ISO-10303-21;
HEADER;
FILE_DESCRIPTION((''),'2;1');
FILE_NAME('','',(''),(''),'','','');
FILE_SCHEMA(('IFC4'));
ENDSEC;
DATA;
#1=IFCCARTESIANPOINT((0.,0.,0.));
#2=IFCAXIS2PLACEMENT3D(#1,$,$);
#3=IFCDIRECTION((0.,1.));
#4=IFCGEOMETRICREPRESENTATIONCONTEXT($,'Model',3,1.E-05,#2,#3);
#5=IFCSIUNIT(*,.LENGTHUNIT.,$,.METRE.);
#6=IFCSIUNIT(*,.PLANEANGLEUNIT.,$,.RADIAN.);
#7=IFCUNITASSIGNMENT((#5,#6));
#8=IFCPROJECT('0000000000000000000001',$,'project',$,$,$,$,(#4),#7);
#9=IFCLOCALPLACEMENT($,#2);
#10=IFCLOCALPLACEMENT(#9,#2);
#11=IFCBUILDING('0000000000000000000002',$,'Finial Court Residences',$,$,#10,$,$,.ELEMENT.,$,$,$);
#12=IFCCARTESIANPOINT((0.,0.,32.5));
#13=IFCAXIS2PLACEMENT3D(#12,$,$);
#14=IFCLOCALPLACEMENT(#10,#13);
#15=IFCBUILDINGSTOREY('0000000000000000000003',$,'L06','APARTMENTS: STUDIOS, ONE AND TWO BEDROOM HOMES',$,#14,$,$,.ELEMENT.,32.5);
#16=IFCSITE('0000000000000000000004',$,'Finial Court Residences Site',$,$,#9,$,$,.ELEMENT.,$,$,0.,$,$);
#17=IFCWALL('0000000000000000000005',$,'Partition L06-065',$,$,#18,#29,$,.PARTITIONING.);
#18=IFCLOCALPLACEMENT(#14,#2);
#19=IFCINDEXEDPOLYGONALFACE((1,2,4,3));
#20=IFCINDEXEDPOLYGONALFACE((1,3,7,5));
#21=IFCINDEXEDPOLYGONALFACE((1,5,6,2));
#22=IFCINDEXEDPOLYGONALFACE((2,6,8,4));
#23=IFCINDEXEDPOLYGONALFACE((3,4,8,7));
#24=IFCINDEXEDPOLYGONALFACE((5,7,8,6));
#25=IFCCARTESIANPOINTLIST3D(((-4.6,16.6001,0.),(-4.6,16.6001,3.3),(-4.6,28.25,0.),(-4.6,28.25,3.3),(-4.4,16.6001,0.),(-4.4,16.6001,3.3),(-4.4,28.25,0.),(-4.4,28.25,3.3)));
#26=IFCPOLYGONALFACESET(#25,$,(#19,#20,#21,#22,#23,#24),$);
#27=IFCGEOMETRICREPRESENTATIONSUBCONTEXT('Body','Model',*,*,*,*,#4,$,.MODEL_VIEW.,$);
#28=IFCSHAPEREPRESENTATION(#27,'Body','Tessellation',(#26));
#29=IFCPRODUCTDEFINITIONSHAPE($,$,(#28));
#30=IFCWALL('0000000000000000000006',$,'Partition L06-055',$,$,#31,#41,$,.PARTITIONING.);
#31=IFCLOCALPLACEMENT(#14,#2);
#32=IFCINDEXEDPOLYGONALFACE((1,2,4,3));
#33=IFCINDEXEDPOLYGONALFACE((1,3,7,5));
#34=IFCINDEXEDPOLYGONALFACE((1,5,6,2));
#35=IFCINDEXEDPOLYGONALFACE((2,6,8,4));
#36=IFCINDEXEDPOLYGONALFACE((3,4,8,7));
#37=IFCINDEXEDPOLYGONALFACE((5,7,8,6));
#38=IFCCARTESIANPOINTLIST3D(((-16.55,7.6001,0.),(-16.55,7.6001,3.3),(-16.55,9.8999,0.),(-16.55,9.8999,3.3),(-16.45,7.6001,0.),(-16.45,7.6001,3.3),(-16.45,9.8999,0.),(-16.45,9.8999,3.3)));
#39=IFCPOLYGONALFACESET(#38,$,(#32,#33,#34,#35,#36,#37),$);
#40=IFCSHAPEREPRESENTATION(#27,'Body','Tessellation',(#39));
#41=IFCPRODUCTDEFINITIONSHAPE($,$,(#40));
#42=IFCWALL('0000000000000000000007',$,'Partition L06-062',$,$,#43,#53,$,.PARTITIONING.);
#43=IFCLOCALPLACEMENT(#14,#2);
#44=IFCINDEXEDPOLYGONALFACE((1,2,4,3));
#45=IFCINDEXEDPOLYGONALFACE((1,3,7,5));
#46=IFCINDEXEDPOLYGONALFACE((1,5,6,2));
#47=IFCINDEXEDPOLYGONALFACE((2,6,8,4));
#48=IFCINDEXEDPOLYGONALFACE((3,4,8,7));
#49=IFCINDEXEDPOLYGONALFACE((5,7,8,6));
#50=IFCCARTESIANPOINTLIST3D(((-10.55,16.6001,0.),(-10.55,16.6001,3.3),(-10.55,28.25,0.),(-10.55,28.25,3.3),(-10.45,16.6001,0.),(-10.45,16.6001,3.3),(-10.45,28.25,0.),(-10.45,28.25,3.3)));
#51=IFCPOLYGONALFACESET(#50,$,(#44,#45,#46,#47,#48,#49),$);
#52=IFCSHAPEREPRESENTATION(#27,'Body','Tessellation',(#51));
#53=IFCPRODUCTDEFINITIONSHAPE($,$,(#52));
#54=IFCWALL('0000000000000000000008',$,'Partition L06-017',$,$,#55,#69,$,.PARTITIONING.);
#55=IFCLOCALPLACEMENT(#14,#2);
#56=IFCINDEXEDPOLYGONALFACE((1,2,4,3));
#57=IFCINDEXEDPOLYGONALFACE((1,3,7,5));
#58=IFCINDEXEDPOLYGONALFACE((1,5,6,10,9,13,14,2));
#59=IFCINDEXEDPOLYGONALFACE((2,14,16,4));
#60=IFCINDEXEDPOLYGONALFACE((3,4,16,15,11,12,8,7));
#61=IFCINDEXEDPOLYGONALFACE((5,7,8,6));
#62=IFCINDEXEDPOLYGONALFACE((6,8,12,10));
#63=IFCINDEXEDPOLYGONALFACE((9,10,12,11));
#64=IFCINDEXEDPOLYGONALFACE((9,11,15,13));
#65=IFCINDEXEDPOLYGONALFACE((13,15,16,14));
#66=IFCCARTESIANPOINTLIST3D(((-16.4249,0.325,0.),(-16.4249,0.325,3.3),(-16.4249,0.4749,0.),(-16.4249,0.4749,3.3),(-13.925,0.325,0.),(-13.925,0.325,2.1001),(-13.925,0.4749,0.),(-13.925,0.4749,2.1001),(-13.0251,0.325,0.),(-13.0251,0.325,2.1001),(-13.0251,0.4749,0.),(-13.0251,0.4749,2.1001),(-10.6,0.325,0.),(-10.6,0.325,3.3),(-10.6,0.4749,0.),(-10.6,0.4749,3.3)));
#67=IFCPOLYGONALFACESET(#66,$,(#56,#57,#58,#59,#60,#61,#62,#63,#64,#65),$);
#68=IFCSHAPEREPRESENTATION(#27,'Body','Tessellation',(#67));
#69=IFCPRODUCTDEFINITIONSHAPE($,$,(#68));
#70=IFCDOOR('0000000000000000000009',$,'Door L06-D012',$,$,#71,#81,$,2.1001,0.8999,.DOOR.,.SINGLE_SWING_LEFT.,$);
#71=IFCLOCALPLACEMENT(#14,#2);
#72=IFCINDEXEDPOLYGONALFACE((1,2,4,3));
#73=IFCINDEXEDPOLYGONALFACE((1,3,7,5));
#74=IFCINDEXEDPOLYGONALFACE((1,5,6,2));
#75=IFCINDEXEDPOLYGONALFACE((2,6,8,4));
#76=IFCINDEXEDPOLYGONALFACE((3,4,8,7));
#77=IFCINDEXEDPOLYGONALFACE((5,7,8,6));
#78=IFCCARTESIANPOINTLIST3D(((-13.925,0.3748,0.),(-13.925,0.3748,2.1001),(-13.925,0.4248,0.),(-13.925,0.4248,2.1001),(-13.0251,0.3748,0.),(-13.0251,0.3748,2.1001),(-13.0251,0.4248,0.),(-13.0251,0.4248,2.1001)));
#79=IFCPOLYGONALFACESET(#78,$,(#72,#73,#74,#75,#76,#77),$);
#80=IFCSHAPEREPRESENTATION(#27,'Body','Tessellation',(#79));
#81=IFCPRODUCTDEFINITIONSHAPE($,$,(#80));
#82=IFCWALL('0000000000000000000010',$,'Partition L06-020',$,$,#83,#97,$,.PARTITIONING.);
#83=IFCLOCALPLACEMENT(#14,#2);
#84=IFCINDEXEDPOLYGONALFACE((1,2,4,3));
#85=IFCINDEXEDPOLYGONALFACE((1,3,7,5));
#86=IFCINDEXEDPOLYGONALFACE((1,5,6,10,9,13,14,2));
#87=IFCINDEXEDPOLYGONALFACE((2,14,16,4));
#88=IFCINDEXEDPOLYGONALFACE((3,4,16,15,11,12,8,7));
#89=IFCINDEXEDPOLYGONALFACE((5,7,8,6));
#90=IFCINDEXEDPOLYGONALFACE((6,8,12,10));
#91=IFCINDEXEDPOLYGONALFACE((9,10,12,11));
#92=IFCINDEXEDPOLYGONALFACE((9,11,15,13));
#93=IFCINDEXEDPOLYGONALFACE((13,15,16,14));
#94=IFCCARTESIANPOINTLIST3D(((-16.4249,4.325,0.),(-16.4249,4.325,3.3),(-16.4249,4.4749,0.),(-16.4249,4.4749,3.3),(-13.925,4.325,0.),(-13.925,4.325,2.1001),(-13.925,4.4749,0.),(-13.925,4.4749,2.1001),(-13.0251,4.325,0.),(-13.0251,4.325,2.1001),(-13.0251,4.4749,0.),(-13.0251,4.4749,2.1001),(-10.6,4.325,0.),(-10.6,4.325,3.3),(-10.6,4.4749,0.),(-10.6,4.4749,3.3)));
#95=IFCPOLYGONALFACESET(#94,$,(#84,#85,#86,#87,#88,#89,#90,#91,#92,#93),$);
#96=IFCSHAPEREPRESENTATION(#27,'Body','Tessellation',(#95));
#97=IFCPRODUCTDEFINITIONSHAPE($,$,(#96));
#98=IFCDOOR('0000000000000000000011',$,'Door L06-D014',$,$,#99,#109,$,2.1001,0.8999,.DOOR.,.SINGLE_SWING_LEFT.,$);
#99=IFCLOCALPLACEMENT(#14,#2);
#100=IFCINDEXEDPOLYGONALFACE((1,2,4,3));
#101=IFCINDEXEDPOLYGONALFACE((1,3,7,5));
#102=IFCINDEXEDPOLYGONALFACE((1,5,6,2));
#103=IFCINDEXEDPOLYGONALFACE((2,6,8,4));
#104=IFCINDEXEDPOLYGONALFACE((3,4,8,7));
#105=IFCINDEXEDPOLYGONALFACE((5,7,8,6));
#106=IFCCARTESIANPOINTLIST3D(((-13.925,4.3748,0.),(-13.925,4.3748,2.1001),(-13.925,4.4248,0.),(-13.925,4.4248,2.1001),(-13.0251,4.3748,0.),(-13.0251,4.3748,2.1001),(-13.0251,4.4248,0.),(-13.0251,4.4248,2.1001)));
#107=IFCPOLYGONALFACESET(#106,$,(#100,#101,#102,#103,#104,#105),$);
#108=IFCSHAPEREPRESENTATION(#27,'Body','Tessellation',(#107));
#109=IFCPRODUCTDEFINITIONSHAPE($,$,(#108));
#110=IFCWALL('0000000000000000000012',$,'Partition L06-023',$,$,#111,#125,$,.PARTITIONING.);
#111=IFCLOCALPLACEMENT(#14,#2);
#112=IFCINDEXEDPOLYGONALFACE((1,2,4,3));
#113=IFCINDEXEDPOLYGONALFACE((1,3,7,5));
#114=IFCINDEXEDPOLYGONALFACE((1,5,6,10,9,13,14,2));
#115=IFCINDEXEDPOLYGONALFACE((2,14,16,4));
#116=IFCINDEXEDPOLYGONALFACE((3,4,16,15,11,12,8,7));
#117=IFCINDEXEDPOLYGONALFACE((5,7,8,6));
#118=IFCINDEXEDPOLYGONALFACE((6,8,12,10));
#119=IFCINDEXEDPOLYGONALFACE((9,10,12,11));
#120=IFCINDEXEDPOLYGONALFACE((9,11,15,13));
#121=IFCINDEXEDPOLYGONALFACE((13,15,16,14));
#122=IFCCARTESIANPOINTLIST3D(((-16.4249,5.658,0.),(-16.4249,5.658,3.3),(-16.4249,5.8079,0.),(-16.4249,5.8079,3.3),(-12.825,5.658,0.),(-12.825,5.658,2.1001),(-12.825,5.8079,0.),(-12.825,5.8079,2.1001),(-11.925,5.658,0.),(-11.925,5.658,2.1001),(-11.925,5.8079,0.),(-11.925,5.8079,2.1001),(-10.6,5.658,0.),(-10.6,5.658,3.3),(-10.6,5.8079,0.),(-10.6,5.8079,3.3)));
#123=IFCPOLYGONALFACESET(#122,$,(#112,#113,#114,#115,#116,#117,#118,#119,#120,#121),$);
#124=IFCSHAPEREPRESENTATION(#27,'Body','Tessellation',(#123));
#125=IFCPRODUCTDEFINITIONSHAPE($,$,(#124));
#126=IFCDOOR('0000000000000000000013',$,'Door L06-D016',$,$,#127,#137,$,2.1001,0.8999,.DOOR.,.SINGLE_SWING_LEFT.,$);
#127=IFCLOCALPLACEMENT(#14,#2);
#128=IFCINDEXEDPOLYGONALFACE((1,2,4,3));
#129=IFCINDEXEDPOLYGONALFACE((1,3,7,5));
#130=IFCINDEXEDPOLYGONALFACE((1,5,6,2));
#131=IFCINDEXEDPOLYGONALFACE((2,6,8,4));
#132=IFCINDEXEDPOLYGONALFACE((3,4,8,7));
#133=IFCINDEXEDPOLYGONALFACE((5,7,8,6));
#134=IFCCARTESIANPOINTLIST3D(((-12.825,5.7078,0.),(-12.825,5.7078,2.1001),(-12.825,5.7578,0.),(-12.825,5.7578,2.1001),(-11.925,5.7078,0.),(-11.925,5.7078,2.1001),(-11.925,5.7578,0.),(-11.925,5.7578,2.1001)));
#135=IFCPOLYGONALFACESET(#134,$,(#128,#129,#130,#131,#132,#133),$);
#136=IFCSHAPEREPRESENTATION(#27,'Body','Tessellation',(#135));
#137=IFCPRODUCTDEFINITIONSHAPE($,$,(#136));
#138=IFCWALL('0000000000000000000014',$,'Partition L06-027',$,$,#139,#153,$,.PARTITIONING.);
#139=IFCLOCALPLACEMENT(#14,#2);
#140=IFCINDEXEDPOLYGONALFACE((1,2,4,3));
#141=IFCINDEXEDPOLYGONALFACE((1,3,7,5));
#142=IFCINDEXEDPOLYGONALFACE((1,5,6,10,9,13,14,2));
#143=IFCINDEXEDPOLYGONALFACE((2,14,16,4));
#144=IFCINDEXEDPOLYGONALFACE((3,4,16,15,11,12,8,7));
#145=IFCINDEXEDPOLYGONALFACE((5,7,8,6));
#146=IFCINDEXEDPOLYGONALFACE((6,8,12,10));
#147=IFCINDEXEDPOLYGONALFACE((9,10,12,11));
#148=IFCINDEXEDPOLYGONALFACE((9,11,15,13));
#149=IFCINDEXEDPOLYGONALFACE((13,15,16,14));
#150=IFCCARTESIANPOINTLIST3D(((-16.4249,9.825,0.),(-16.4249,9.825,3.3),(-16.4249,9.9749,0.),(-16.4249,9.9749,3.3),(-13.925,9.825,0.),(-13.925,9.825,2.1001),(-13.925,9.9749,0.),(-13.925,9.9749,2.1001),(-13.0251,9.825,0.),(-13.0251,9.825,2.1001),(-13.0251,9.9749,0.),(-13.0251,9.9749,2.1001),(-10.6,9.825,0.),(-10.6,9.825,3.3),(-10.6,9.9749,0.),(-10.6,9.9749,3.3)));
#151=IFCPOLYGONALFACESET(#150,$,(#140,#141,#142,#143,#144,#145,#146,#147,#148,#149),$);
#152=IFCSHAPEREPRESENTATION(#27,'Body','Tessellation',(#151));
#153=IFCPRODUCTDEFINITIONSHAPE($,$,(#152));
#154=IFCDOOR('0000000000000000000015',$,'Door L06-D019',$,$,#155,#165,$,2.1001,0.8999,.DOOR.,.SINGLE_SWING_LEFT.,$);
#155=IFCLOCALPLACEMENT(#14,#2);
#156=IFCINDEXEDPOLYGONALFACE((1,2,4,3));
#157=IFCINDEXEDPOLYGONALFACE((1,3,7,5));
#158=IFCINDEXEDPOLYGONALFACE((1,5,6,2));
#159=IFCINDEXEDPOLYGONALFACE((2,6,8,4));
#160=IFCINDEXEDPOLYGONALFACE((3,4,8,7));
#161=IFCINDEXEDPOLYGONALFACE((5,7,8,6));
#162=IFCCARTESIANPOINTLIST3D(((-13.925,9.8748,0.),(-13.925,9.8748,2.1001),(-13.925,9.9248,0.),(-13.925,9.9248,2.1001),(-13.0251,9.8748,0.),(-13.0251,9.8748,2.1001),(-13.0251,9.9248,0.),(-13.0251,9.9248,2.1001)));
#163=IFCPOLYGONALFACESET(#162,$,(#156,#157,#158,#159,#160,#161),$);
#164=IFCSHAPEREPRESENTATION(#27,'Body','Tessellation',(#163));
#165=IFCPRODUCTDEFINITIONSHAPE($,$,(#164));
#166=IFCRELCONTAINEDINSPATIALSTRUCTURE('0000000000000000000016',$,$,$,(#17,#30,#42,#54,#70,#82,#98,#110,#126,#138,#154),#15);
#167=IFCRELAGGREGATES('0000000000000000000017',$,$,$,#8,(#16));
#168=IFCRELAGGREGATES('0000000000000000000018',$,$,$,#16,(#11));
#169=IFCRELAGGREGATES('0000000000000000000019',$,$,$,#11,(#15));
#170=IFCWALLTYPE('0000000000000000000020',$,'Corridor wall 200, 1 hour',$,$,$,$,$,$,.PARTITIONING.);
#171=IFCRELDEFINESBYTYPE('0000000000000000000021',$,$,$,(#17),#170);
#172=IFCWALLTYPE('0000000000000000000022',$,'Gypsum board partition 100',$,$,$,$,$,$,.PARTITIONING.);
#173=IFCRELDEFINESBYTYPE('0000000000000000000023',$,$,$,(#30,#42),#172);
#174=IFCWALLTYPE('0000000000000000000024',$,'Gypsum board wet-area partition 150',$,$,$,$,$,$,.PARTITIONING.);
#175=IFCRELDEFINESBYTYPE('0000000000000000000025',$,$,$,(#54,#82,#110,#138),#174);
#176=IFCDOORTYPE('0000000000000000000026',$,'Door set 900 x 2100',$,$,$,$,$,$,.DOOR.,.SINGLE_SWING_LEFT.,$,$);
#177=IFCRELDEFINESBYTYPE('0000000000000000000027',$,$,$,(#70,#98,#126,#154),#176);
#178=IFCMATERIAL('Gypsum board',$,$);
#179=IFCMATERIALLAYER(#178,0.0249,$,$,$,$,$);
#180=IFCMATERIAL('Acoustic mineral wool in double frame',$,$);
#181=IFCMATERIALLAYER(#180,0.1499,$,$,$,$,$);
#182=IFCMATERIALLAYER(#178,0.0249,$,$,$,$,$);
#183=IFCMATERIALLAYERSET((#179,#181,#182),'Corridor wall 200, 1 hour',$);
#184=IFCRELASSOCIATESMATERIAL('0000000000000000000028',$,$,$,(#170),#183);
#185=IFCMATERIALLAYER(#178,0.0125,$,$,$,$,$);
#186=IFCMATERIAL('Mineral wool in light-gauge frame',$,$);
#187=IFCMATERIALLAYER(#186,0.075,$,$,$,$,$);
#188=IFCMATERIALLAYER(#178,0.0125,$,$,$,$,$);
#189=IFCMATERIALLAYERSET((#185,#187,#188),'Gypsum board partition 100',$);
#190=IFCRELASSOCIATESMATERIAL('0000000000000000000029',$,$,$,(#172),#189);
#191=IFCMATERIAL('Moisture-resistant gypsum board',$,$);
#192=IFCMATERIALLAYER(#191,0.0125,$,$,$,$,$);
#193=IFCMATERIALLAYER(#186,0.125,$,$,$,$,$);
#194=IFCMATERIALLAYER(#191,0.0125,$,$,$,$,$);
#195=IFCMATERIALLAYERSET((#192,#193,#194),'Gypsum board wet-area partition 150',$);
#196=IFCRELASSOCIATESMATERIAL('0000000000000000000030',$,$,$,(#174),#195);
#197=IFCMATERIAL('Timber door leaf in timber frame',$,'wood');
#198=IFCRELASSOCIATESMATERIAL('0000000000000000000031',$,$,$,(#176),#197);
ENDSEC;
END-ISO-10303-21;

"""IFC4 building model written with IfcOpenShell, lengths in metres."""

from ifc_helpers import new_model, si_unit, direction, frame, frame_2d, origin, place, context, subcontext, project, spatial, rectangle, extrude, material, layer, layer_set, type_object, element, fill, save


model = new_model("IFC4")

# Units and contexts
model_context = context("Model", 3, precision=1e-05, world=origin(), true_north=direction((0.0, 1.0)))
body_context = subcontext(model_context, "Body", "Model", "MODEL_VIEW")
ifc_project = project(units=[si_unit("LENGTHUNIT", "METRE"), si_unit("PLANEANGLEUNIT", "RADIAN")], contexts=[model_context])

# Site, building, storey
site_placement = place(None, origin())
site = spatial("IfcSite", under=ifc_project, at=site_placement, Name="Finial Court Residences Site", CompositionType="ELEMENT", RefElevation=0.0)
building_placement = place(site_placement, origin())
building = spatial("IfcBuilding", under=site, at=building_placement, Name="Finial Court Residences", CompositionType="ELEMENT")
storey_placement = place(building_placement, frame((0.0, 0.0, 32.5)))
storey = spatial("IfcBuildingStorey", under=building, at=storey_placement, Name="L06", Description="APARTMENTS: STUDIOS, ONE AND TWO BEDROOM HOMES", CompositionType="ELEMENT", Elevation=32.5)

# Walls
ifc_material_1 = material(Name="Gypsum board")
ifc_layer_1 = layer(ifc_material_1, 0.0249)
ifc_material_2 = material(Name="Acoustic mineral wool in double frame")
ifc_layer_2 = layer(ifc_material_2, 0.1499)
ifc_layer_3 = layer(ifc_material_1, 0.0249)
ifc_layer_set_1 = layer_set([ifc_layer_1, ifc_layer_2, ifc_layer_3], Name="Corridor wall 200, 1 hour")
wall_type_1 = type_object("IfcWallType", Name="Corridor wall 200, 1 hour", PredefinedType="PARTITIONING", material=ifc_layer_set_1)
for number, where, z_axis, x_axis, name in (
    (1, (-4.5, 16.6001, 0.0), (0.0, 0.0, 1.0), (0.0, 1.0, 0.0), "Partition L06-065"),
):
    element("IfcWall", number, at=place(storey_placement, frame(where, z_axis=z_axis, x_axis=x_axis)), inside=storey, type_object=wall_type_1, Name=name, PredefinedType="PARTITIONING", context=body_context, shape_type="SweptSolid", body=[
        extrude(rectangle(XDim=11.6499, YDim=0.2, at=frame_2d((5.825, 0.0))), origin(), (0.0, 0.0, 1.0), 3.3),
    ])
ifc_layer_4 = layer(ifc_material_1, 0.0125)
ifc_material_3 = material(Name="Mineral wool in light-gauge frame")
ifc_layer_5 = layer(ifc_material_3, 0.075)
ifc_layer_6 = layer(ifc_material_1, 0.0125)
ifc_layer_set_2 = layer_set([ifc_layer_4, ifc_layer_5, ifc_layer_6], Name="Gypsum board partition 100")
wall_type_2 = type_object("IfcWallType", Name="Gypsum board partition 100", PredefinedType="PARTITIONING", material=ifc_layer_set_2)
wall_1_placement = place(storey_placement, frame((-16.5, 7.6001, 0.0), z_axis=(0.0, 0.0, 1.0), x_axis=(0.0, 1.0, 0.0)))
element("IfcWall", 2, at=wall_1_placement, inside=storey, type_object=wall_type_2, Name="Partition L06-055", PredefinedType="PARTITIONING", context=body_context, shape_type="SweptSolid", body=[
    extrude(rectangle(XDim=2.2998, YDim=0.1001, at=frame_2d((1.1499, 0.0))), origin(), (0.0, 0.0, 1.0), 3.3),
])
wall_2_placement = place(storey_placement, frame((-10.5, 16.6001, 0.0), z_axis=(0.0, 0.0, 1.0), x_axis=(0.0, 1.0, 0.0)))
element("IfcWall", 3, at=wall_2_placement, inside=storey, type_object=wall_type_2, Name="Partition L06-062", PredefinedType="PARTITIONING", context=body_context, shape_type="SweptSolid", body=[
    extrude(rectangle(XDim=11.6499, YDim=0.1001, at=frame_2d((5.825, 0.0))), origin(), (0.0, 0.0, 1.0), 3.3),
])

# Walls, openings, doors
ifc_material_4 = material(Name="Moisture-resistant gypsum board")
ifc_layer_7 = layer(ifc_material_4, 0.0125)
ifc_layer_8 = layer(ifc_material_3, 0.125)
ifc_layer_9 = layer(ifc_material_4, 0.0125)
ifc_layer_set_3 = layer_set([ifc_layer_7, ifc_layer_8, ifc_layer_9], Name="Gypsum board wet-area partition 150")
wall_type_3 = type_object("IfcWallType", Name="Gypsum board wet-area partition 150", PredefinedType="PARTITIONING", material=ifc_layer_set_3)
wall_3_placement = place(storey_placement, frame((-16.425, 0.3999, 0.0), z_axis=(0.0, 0.0, 1.0), x_axis=(1.0, 0.0, 0.0)))
wall_3 = element("IfcWall", 4, at=wall_3_placement, inside=storey, type_object=wall_type_3, Name="Partition L06-017", PredefinedType="PARTITIONING", context=body_context, shape_type="SweptSolid", body=[
    extrude(rectangle(XDim=5.825, YDim=0.1499, at=frame_2d((2.9126, 0.0))), origin(), (0.0, 0.0, 1.0), 3.3),
])
opening_1_placement = place(wall_3_placement, frame((2.5, 0.0, 0.0)))
opening_1 = element("IfcOpeningElement", 5, at=opening_1_placement, cuts=wall_3, PredefinedType="OPENING", context=body_context, shape_type="SweptSolid", body=[
    extrude(rectangle(XDim=0.8999, YDim=2.1001, at=frame_2d((0.45, 1.05))), frame((0.0, 0.085, 0.0), z_axis=(0.0, -1.0, 0.0), x_axis=(1.0, 0.0, 0.0)), (0.0, 0.0, 1.0), 0.1699),
])
ifc_material_5 = material(Name="Timber door leaf in timber frame", Category="wood")
door_type = type_object("IfcDoorType", Name="Door set 900 x 2100", OperationType="SINGLE_SWING_LEFT", PredefinedType="DOOR", material=ifc_material_5)
door_1_placement = place(opening_1_placement, origin())
door_1 = element("IfcDoor", 6, at=door_1_placement, inside=storey, type_object=door_type, Name="Door L06-D012", OperationType="SINGLE_SWING_LEFT", OverallHeight=2.1001, OverallWidth=0.8999, PredefinedType="DOOR", context=body_context, shape_type="SweptSolid", body=[
    extrude(rectangle(XDim=0.8999, YDim=2.1001, at=frame_2d((0.45, 1.05))), frame((0.0, 0.0249, 0.0), z_axis=(0.0, -1.0, 0.0), x_axis=(1.0, 0.0, 0.0)), (0.0, 0.0, 1.0), 0.05),
])
fill(opening_1, door_1)
wall_4_placement = place(storey_placement, frame((-16.425, 4.3999, 0.0), z_axis=(0.0, 0.0, 1.0), x_axis=(1.0, 0.0, 0.0)))
wall_4 = element("IfcWall", 7, at=wall_4_placement, inside=storey, type_object=wall_type_3, Name="Partition L06-020", PredefinedType="PARTITIONING", context=body_context, shape_type="SweptSolid", body=[
    extrude(rectangle(XDim=5.825, YDim=0.1499, at=frame_2d((2.9126, 0.0))), origin(), (0.0, 0.0, 1.0), 3.3),
])
opening_2_placement = place(wall_4_placement, frame((2.5, 0.0, 0.0)))
opening_2 = element("IfcOpeningElement", 8, at=opening_2_placement, cuts=wall_4, PredefinedType="OPENING", context=body_context, shape_type="SweptSolid", body=[
    extrude(rectangle(XDim=0.8999, YDim=2.1001, at=frame_2d((0.45, 1.05))), frame((0.0, 0.085, 0.0), z_axis=(0.0, -1.0, 0.0), x_axis=(1.0, 0.0, 0.0)), (0.0, 0.0, 1.0), 0.1699),
])
door_2_placement = place(opening_2_placement, origin())
door_2 = element("IfcDoor", 9, at=door_2_placement, inside=storey, type_object=door_type, Name="Door L06-D014", OperationType="SINGLE_SWING_LEFT", OverallHeight=2.1001, OverallWidth=0.8999, PredefinedType="DOOR", context=body_context, shape_type="SweptSolid", body=[
    extrude(rectangle(XDim=0.8999, YDim=2.1001, at=frame_2d((0.45, 1.05))), frame((0.0, 0.0249, 0.0), z_axis=(0.0, -1.0, 0.0), x_axis=(1.0, 0.0, 0.0)), (0.0, 0.0, 1.0), 0.05),
])
fill(opening_2, door_2)
wall_5_placement = place(storey_placement, frame((-16.425, 5.7329, 0.0), z_axis=(0.0, 0.0, 1.0), x_axis=(1.0, 0.0, 0.0)))
wall_5 = element("IfcWall", 10, at=wall_5_placement, inside=storey, type_object=wall_type_3, Name="Partition L06-023", PredefinedType="PARTITIONING", context=body_context, shape_type="SweptSolid", body=[
    extrude(rectangle(XDim=5.825, YDim=0.1499, at=frame_2d((2.9126, 0.0))), origin(), (0.0, 0.0, 1.0), 3.3),
])
opening_3_placement = place(wall_5_placement, frame((3.6001, 0.0, 0.0)))
opening_3 = element("IfcOpeningElement", 11, at=opening_3_placement, cuts=wall_5, PredefinedType="OPENING", context=body_context, shape_type="SweptSolid", body=[
    extrude(rectangle(XDim=0.8999, YDim=2.1001, at=frame_2d((0.45, 1.05))), frame((0.0, 0.085, 0.0), z_axis=(0.0, -1.0, 0.0), x_axis=(1.0, 0.0, 0.0)), (0.0, 0.0, 1.0), 0.1699),
])
door_3_placement = place(opening_3_placement, origin())
door_3 = element("IfcDoor", 12, at=door_3_placement, inside=storey, type_object=door_type, Name="Door L06-D016", OperationType="SINGLE_SWING_LEFT", OverallHeight=2.1001, OverallWidth=0.8999, PredefinedType="DOOR", context=body_context, shape_type="SweptSolid", body=[
    extrude(rectangle(XDim=0.8999, YDim=2.1001, at=frame_2d((0.45, 1.05))), frame((0.0, 0.0249, 0.0), z_axis=(0.0, -1.0, 0.0), x_axis=(1.0, 0.0, 0.0)), (0.0, 0.0, 1.0), 0.05),
])
fill(opening_3, door_3)
wall_6_placement = place(storey_placement, frame((-16.425, 9.8999, 0.0), z_axis=(0.0, 0.0, 1.0), x_axis=(1.0, 0.0, 0.0)))
wall_6 = element("IfcWall", 13, at=wall_6_placement, inside=storey, type_object=wall_type_3, Name="Partition L06-027", PredefinedType="PARTITIONING", context=body_context, shape_type="SweptSolid", body=[
    extrude(rectangle(XDim=5.825, YDim=0.1499, at=frame_2d((2.9126, 0.0))), origin(), (0.0, 0.0, 1.0), 3.3),
])
opening_4_placement = place(wall_6_placement, frame((2.5, 0.0, 0.0)))
opening_4 = element("IfcOpeningElement", 14, at=opening_4_placement, cuts=wall_6, PredefinedType="OPENING", context=body_context, shape_type="SweptSolid", body=[
    extrude(rectangle(XDim=0.8999, YDim=2.1001, at=frame_2d((0.45, 1.05))), frame((0.0, 0.085, 0.0), z_axis=(0.0, -1.0, 0.0), x_axis=(1.0, 0.0, 0.0)), (0.0, 0.0, 1.0), 0.1699),
])
door_4_placement = place(opening_4_placement, origin())
door_4 = element("IfcDoor", 15, at=door_4_placement, inside=storey, type_object=door_type, Name="Door L06-D019", OperationType="SINGLE_SWING_LEFT", OverallHeight=2.1001, OverallWidth=0.8999, PredefinedType="DOOR", context=body_context, shape_type="SweptSolid", body=[
    extrude(rectangle(XDim=0.8999, YDim=2.1001, at=frame_2d((0.45, 1.05))), frame((0.0, 0.0249, 0.0), z_axis=(0.0, -1.0, 0.0), x_axis=(1.0, 0.0, 0.0)), (0.0, 0.0, 1.0), 0.05),
])
fill(opening_4, door_4)

save(model, "model.ifc")
